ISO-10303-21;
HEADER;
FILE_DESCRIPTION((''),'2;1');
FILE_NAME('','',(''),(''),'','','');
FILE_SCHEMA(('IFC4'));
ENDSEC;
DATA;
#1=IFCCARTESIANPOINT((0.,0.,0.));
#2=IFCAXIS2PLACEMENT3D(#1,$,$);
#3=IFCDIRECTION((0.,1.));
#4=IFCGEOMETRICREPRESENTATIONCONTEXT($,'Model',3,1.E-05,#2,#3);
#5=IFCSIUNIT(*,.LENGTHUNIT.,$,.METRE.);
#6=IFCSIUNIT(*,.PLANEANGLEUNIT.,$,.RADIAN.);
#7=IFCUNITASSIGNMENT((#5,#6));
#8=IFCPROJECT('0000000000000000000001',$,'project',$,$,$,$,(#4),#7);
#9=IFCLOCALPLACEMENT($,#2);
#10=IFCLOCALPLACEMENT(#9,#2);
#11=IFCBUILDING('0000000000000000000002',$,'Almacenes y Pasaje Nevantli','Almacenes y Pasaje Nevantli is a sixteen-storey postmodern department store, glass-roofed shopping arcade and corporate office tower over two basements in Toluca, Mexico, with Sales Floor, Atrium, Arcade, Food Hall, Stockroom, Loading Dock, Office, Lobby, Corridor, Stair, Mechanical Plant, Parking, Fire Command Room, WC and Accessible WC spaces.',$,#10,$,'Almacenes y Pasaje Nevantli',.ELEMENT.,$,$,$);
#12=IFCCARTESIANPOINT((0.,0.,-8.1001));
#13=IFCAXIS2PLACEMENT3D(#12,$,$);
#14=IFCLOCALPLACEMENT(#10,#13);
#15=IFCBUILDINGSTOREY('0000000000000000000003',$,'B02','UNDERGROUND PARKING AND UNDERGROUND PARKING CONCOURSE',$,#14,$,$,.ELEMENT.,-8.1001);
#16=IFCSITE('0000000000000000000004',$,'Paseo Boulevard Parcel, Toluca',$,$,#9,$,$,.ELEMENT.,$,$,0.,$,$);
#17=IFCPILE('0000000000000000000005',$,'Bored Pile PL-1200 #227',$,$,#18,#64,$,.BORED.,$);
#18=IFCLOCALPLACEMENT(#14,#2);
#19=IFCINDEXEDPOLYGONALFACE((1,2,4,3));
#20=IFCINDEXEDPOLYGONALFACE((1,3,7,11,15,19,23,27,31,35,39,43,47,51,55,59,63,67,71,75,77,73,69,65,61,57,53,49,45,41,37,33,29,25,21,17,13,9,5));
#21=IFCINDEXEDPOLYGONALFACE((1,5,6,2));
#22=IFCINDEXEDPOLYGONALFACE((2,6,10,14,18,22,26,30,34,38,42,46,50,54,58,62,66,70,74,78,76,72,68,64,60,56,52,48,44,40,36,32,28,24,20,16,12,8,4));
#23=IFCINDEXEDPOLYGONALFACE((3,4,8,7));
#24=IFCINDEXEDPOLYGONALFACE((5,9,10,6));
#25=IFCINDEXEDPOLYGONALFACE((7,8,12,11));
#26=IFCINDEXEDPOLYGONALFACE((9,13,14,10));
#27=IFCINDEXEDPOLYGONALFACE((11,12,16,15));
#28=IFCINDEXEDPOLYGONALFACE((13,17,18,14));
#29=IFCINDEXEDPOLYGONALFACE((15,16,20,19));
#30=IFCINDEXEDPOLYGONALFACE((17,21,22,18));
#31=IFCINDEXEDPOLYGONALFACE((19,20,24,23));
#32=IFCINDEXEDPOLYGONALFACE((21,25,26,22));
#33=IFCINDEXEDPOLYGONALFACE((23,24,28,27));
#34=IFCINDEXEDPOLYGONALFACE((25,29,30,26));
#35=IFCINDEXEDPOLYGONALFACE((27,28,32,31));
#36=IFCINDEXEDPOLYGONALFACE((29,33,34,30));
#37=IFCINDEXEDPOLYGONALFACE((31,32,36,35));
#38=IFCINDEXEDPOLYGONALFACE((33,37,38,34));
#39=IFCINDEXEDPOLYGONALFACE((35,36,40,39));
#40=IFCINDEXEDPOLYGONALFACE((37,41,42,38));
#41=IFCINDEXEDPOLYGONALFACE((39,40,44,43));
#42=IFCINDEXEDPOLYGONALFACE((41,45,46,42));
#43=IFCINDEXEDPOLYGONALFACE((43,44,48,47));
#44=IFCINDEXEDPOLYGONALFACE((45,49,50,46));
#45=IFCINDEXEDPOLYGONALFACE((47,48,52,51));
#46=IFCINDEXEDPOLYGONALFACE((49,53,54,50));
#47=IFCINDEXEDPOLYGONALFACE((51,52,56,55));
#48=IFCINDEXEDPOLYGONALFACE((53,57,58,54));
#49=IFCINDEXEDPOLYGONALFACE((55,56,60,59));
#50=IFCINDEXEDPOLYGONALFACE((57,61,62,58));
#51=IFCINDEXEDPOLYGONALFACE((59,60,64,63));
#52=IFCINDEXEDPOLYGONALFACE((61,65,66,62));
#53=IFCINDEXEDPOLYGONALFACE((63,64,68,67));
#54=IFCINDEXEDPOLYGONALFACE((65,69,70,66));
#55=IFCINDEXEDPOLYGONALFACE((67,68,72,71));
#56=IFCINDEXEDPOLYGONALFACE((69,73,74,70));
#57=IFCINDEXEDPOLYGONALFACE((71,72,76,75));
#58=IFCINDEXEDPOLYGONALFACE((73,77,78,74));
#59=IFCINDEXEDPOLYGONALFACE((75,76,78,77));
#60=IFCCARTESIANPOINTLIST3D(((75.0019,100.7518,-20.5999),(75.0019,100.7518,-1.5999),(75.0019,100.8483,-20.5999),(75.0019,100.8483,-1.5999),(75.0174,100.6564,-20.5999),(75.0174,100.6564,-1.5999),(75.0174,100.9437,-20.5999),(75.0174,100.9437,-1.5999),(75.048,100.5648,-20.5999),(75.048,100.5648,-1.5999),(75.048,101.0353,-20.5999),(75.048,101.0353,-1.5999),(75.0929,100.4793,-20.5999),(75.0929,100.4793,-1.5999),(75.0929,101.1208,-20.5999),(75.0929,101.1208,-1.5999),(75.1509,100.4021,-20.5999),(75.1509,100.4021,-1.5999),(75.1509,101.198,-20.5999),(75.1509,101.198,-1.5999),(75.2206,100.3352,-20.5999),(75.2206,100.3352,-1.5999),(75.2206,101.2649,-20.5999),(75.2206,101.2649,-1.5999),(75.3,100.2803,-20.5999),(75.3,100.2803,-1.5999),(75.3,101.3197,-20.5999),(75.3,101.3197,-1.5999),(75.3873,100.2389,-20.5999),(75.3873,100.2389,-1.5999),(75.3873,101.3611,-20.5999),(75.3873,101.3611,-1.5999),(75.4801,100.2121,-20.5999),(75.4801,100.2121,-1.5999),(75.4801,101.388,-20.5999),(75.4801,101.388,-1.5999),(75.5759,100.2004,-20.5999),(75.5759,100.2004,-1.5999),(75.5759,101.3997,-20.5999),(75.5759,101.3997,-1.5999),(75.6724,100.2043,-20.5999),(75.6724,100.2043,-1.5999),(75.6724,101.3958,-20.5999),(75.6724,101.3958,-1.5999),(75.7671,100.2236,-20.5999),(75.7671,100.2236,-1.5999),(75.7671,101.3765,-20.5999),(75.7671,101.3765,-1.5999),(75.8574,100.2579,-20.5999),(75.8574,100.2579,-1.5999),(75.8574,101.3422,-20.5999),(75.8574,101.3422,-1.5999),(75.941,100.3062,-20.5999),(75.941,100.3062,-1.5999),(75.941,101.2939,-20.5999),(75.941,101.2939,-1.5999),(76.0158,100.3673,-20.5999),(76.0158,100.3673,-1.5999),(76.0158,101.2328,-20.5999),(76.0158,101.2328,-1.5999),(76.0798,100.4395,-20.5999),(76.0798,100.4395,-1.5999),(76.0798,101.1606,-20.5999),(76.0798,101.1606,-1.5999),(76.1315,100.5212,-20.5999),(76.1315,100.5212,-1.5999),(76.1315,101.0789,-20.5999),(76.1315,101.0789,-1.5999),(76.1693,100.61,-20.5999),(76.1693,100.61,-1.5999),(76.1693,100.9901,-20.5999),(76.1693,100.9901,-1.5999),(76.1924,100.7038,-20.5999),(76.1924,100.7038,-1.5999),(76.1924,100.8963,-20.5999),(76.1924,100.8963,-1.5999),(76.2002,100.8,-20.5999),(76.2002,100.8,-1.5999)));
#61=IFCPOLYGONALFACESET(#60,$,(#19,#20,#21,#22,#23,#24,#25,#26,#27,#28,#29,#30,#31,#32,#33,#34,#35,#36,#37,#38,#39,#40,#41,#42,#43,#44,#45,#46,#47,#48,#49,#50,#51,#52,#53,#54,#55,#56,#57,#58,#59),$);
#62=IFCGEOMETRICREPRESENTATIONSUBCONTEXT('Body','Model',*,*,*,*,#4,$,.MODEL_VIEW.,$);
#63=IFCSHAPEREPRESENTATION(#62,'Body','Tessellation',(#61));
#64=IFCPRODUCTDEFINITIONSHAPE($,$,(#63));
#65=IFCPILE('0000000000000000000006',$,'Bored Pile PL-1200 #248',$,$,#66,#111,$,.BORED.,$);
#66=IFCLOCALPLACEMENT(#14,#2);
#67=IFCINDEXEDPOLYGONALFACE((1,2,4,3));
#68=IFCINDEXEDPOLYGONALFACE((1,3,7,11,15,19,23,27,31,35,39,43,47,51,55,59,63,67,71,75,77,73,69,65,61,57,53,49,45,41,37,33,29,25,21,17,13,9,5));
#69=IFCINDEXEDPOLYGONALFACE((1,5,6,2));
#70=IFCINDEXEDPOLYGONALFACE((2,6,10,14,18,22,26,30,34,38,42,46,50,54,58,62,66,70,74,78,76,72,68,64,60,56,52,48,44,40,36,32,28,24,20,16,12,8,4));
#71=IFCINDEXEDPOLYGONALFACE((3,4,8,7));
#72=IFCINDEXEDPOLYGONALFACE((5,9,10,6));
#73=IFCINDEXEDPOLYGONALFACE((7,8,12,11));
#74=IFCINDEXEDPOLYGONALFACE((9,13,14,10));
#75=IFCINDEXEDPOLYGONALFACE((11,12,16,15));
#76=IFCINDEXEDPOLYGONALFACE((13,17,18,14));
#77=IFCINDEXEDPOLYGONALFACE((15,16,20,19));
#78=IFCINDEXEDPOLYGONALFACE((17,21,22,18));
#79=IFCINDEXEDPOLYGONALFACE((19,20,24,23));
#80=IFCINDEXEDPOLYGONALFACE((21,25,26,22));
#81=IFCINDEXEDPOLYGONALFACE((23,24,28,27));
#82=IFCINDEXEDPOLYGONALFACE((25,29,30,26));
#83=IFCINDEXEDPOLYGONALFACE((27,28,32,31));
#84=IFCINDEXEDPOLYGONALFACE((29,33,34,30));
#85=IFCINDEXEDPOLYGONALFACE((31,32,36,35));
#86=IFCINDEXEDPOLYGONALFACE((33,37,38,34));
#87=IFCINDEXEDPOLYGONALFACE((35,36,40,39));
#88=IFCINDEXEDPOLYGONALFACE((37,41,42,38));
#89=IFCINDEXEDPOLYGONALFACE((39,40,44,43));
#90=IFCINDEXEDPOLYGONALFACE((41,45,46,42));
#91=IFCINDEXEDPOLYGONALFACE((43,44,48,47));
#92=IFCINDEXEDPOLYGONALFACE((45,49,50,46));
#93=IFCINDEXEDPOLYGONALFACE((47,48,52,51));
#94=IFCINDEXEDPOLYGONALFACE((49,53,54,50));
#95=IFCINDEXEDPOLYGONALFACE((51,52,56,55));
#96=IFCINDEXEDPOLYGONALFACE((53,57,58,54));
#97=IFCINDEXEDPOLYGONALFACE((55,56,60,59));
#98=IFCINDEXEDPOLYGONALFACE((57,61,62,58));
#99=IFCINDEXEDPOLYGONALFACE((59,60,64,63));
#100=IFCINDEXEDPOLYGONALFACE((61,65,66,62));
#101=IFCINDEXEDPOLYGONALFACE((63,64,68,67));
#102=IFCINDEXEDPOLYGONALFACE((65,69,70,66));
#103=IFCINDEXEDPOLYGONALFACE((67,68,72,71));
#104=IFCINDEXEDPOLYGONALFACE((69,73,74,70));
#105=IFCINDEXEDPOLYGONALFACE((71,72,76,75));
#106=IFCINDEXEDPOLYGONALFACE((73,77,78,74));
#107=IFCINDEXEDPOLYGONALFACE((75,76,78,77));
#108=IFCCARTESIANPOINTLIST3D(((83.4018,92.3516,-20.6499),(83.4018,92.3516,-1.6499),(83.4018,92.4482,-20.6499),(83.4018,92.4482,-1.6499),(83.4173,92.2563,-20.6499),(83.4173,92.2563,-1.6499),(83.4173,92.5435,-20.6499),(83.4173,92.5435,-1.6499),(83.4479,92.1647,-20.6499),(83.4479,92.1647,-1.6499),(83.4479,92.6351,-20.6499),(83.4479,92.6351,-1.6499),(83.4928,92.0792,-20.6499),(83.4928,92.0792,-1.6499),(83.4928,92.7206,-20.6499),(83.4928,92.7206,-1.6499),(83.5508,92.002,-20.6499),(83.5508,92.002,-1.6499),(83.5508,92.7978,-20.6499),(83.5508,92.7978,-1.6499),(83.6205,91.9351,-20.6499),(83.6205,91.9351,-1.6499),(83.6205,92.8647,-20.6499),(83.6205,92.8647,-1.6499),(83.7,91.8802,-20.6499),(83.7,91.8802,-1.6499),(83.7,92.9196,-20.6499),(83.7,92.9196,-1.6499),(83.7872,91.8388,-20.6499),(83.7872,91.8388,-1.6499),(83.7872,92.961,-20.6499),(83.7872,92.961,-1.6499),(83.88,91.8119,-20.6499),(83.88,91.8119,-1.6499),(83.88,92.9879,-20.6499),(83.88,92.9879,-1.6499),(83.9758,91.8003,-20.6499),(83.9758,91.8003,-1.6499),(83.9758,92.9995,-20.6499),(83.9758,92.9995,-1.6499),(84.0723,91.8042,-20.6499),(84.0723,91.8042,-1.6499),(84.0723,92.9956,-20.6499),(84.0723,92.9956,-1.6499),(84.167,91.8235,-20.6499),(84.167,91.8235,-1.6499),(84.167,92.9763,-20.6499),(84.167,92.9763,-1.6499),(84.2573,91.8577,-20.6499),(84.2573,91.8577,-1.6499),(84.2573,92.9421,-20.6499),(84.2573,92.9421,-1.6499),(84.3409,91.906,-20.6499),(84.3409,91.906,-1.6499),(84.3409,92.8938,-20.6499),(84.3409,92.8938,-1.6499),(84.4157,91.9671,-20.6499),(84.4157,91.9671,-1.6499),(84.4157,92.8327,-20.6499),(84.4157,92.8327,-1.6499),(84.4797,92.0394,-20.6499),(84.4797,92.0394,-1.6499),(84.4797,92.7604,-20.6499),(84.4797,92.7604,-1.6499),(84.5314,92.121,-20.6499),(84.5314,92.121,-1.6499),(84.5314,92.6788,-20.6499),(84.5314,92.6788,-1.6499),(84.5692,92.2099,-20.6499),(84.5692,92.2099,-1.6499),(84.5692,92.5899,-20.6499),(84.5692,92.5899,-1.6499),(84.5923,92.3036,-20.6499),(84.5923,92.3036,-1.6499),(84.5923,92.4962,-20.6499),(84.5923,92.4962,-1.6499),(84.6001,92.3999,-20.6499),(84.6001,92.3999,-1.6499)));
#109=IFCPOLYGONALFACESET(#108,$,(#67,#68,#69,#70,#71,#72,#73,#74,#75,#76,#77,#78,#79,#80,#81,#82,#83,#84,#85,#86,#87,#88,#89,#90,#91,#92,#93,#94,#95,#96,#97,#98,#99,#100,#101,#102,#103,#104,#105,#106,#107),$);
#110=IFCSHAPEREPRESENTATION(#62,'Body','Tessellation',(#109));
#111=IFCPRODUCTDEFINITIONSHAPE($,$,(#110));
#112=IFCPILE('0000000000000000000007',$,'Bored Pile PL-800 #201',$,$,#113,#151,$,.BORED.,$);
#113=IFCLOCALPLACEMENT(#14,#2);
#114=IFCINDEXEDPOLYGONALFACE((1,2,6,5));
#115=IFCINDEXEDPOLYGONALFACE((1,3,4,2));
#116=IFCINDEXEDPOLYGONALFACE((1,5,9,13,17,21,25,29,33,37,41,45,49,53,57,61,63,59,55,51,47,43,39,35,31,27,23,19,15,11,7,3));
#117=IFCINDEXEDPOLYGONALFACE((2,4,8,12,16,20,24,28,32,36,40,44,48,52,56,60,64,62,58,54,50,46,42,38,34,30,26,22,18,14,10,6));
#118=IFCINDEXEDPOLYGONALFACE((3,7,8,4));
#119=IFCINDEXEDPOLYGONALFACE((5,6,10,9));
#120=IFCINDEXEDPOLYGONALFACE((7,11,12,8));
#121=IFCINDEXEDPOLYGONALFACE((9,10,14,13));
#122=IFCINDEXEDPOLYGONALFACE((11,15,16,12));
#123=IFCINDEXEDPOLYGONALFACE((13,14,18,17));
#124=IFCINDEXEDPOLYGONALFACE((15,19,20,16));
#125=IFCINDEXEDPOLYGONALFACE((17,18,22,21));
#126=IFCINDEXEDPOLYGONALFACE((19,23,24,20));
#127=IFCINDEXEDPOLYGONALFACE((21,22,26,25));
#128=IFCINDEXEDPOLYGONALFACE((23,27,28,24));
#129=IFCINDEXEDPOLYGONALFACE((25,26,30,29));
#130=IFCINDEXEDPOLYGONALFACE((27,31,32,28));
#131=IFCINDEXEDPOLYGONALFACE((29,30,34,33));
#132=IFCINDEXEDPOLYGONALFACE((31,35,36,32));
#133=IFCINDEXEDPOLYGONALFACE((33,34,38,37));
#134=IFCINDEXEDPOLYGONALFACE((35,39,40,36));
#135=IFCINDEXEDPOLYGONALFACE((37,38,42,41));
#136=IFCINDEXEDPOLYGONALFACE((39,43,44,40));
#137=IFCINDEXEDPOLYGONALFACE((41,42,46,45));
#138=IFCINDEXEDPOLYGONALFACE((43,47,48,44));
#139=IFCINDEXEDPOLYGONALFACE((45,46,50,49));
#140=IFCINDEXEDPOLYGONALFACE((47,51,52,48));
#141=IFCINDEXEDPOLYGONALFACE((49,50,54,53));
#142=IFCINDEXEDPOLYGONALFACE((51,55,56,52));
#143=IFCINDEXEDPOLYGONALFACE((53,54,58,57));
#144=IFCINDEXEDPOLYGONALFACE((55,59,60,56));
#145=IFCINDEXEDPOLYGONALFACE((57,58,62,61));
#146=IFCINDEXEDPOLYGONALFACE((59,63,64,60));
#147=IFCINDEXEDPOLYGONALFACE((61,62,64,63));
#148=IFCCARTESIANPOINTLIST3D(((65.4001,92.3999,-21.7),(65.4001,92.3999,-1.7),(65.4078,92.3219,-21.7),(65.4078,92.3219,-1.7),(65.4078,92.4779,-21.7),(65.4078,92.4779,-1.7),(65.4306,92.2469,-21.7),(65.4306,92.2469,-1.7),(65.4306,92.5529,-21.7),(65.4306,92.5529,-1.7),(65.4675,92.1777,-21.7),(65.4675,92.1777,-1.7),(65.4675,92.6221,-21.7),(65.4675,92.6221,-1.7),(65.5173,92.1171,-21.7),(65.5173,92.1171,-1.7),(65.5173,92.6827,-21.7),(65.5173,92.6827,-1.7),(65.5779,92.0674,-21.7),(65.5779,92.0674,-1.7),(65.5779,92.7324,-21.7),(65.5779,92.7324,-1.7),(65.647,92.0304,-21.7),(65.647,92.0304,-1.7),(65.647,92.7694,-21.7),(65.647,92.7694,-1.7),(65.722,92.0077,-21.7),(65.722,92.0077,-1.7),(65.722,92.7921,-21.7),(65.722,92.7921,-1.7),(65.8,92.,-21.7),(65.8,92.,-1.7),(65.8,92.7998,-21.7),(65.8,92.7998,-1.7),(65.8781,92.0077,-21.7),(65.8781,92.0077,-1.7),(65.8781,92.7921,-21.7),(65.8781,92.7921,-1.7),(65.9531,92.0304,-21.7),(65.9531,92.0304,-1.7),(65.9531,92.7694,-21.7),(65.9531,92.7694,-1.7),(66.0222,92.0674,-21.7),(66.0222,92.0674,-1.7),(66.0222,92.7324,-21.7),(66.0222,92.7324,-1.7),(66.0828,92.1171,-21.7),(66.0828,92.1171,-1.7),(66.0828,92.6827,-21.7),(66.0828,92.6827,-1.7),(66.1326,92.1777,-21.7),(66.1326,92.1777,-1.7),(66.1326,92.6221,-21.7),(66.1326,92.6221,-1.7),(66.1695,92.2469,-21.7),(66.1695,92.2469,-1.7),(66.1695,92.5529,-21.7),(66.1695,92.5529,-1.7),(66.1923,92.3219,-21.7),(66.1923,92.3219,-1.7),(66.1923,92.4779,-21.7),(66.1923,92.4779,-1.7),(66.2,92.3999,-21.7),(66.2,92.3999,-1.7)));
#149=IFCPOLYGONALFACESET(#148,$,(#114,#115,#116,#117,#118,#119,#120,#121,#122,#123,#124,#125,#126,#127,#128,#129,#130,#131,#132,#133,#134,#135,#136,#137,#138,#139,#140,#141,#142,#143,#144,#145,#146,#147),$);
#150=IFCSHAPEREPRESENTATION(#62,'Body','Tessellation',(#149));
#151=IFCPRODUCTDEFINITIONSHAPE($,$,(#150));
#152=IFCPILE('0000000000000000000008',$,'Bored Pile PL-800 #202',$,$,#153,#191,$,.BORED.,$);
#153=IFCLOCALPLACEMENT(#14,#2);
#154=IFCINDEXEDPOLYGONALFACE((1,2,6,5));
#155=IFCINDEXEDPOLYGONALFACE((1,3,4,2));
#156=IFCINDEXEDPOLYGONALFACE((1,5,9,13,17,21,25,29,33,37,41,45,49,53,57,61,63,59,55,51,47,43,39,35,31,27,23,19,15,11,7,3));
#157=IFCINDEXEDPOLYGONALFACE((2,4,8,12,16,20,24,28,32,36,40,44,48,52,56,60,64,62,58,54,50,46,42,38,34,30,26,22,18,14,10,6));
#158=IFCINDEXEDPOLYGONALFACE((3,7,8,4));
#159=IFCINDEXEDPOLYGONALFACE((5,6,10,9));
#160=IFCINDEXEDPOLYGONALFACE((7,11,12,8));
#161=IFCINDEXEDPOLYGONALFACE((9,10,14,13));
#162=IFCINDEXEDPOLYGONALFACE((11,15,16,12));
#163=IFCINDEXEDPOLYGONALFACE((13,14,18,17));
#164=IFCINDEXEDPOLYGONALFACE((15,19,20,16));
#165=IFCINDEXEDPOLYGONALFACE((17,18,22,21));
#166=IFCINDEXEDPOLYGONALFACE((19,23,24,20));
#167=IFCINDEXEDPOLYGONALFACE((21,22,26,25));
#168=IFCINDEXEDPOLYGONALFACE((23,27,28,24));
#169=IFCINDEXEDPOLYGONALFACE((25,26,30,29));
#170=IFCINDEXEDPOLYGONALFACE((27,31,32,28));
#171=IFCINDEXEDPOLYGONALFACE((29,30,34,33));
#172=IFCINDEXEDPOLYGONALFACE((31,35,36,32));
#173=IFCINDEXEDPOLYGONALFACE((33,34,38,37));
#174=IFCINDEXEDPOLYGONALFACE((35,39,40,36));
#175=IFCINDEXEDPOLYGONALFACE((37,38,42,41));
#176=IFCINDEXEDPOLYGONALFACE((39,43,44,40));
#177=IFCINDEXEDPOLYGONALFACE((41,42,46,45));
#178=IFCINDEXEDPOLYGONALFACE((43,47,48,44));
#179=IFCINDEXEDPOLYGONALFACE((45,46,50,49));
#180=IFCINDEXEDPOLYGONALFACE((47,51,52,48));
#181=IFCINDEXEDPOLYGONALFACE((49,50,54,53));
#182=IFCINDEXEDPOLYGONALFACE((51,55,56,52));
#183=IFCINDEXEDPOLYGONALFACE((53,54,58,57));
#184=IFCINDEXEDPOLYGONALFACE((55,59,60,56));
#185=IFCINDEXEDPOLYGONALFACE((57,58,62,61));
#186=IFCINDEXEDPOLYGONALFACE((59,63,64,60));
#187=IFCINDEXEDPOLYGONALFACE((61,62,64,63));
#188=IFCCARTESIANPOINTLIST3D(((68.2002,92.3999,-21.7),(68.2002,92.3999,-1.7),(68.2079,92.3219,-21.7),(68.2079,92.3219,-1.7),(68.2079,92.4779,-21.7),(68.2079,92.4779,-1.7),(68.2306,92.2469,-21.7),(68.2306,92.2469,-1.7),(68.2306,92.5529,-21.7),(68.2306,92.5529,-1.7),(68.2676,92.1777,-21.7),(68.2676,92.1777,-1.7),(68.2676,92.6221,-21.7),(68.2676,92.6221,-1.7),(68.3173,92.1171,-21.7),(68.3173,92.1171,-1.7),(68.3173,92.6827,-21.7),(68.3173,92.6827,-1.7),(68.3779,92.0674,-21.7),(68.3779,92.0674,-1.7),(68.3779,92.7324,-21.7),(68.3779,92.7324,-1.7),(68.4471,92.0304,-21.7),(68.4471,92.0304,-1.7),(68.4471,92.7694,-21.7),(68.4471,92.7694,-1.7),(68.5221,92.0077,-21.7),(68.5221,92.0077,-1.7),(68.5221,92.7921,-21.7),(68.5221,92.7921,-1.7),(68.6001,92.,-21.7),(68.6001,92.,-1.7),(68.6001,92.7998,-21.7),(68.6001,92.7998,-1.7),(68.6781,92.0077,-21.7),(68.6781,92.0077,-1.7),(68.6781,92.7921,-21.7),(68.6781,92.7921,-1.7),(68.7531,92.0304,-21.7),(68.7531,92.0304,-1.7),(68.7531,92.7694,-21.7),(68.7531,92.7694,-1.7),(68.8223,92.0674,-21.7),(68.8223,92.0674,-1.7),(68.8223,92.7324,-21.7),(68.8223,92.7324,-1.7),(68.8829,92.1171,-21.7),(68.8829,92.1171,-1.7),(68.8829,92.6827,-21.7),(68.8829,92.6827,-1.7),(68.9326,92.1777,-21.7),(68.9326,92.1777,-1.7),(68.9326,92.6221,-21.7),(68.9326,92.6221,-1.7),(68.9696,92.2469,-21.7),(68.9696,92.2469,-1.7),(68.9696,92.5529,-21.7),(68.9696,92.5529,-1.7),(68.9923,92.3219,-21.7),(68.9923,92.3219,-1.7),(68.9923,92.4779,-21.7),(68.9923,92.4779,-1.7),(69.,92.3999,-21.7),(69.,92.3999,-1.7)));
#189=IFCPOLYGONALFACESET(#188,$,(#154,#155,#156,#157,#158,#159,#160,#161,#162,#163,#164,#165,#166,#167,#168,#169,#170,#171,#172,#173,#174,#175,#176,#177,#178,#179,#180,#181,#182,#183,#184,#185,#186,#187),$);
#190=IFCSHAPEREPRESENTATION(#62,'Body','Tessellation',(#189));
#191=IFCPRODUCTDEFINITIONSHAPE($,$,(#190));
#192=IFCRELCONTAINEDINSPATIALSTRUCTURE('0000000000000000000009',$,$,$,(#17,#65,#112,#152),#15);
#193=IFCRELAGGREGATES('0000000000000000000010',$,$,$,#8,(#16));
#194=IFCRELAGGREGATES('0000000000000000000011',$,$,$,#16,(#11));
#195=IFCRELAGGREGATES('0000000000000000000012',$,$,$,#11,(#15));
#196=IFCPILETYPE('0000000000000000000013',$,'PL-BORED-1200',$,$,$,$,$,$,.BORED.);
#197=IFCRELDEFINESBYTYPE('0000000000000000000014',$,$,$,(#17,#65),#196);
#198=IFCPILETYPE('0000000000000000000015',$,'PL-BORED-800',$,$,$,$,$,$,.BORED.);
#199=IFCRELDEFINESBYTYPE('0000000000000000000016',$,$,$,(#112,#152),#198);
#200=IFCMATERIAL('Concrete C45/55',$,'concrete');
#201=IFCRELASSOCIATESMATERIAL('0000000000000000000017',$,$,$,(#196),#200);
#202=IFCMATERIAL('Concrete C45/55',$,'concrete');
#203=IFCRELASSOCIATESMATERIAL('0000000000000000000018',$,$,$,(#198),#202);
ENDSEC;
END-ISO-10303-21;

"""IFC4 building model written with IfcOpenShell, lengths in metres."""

from ifc_helpers import new_model, si_unit, direction, frame, origin, origin_2d, place, context, subcontext, project, spatial, circle, extrude, material, material_profile, profile_set, type_object, element, save


model = new_model("IFC4")

# Units and contexts
model_context = context("Model", 3, precision=1e-05, world=origin(), true_north=direction((0.0, 1.0)))
body_context = subcontext(model_context, "Body", "Model", "MODEL_VIEW")
ifc_project = project(units=[si_unit("LENGTHUNIT", "METRE"), si_unit("PLANEANGLEUNIT", "RADIAN")], contexts=[model_context])

# Site, building, storey
site_placement = place(None, origin())
site = spatial("IfcSite", under=ifc_project, at=site_placement, Name="Paseo Boulevard Parcel, Toluca", CompositionType="ELEMENT", RefElevation=0.0)
building_placement = place(site_placement, origin())
building = spatial("IfcBuilding", under=site, at=building_placement, Name="Almacenes y Pasaje Nevantli", Description="Almacenes y Pasaje Nevantli is a sixteen-storey postmodern department store, glass-roofed shopping arcade and corporate office tower over two basements in Toluca, Mexico, with Sales Floor, Atrium, Arcade, Food Hall, Stockroom, Loading Dock, Office, Lobby, Corridor, Stair, Mechanical Plant, Parking, Fire Command Room, WC and Accessible WC spaces.", LongName="Almacenes y Pasaje Nevantli", CompositionType="ELEMENT")
storey_placement = place(building_placement, frame((0.0, 0.0, -8.1001)))
storey = spatial("IfcBuildingStorey", under=building, at=storey_placement, Name="B02", Description="UNDERGROUND PARKING AND UNDERGROUND PARKING CONCOURSE", CompositionType="ELEMENT", Elevation=-8.1001)

# Piles
ifc_material_1 = material(Name="Concrete C45/55", Category="concrete")
ifc_material_profile_1 = material_profile(ifc_material_1, circle(Radius=0.6001, at=origin_2d()), Name="RC-PILE-D1200")
ifc_profile_set_1 = profile_set([ifc_material_profile_1], Name="Concrete C45/55")
pile_type_1 = type_object("IfcPileType", Name="PL-BORED-1200", PredefinedType="BORED", material=ifc_profile_set_1)
for number, where, z_axis, x_axis, name in (
    (1, (75.6001, 100.8, -1.5999), (0.0, 0.0, -1.0), (1.0, 0.0, 0.0), "Bored Pile PL-1200 #227"),
    (2, (84.0, 92.3999, -1.6499), (0.0, 0.0, -1.0), (1.0, 0.0, 0.0), "Bored Pile PL-1200 #248"),
):
    element("IfcPile", number, at=place(storey_placement, frame(where, z_axis=z_axis, x_axis=x_axis)), inside=storey, type_object=pile_type_1, Name=name, PredefinedType="BORED", context=body_context, shape_type="SweptSolid", body=[
        extrude(circle(Radius=0.6001, at=origin_2d()), origin(), (0.0, 0.0, 1.0), 19.0),
    ])
ifc_material_2 = material(Name="Concrete C45/55", Category="concrete")
ifc_material_profile_2 = material_profile(ifc_material_2, circle(Radius=0.3999, at=origin_2d()), Name="RC-PILE-D800")
ifc_profile_set_2 = profile_set([ifc_material_profile_2], Name="Concrete C45/55")
pile_type_2 = type_object("IfcPileType", Name="PL-BORED-800", PredefinedType="BORED", material=ifc_profile_set_2)
for number, where, z_axis, x_axis, name in (
    (3, (65.8, 92.3999, -1.7), (0.0, 0.0, -1.0), (1.0, 0.0, 0.0), "Bored Pile PL-800 #201"),
    (4, (68.6001, 92.3999, -1.7), (0.0, 0.0, -1.0), (1.0, 0.0, 0.0), "Bored Pile PL-800 #202"),
):
    element("IfcPile", number, at=place(storey_placement, frame(where, z_axis=z_axis, x_axis=x_axis)), inside=storey, type_object=pile_type_2, Name=name, PredefinedType="BORED", context=body_context, shape_type="SweptSolid", body=[
        extrude(circle(Radius=0.3999, at=origin_2d()), origin(), (0.0, 0.0, 1.0), 20.0),
    ])

save(model, "model.ifc")
